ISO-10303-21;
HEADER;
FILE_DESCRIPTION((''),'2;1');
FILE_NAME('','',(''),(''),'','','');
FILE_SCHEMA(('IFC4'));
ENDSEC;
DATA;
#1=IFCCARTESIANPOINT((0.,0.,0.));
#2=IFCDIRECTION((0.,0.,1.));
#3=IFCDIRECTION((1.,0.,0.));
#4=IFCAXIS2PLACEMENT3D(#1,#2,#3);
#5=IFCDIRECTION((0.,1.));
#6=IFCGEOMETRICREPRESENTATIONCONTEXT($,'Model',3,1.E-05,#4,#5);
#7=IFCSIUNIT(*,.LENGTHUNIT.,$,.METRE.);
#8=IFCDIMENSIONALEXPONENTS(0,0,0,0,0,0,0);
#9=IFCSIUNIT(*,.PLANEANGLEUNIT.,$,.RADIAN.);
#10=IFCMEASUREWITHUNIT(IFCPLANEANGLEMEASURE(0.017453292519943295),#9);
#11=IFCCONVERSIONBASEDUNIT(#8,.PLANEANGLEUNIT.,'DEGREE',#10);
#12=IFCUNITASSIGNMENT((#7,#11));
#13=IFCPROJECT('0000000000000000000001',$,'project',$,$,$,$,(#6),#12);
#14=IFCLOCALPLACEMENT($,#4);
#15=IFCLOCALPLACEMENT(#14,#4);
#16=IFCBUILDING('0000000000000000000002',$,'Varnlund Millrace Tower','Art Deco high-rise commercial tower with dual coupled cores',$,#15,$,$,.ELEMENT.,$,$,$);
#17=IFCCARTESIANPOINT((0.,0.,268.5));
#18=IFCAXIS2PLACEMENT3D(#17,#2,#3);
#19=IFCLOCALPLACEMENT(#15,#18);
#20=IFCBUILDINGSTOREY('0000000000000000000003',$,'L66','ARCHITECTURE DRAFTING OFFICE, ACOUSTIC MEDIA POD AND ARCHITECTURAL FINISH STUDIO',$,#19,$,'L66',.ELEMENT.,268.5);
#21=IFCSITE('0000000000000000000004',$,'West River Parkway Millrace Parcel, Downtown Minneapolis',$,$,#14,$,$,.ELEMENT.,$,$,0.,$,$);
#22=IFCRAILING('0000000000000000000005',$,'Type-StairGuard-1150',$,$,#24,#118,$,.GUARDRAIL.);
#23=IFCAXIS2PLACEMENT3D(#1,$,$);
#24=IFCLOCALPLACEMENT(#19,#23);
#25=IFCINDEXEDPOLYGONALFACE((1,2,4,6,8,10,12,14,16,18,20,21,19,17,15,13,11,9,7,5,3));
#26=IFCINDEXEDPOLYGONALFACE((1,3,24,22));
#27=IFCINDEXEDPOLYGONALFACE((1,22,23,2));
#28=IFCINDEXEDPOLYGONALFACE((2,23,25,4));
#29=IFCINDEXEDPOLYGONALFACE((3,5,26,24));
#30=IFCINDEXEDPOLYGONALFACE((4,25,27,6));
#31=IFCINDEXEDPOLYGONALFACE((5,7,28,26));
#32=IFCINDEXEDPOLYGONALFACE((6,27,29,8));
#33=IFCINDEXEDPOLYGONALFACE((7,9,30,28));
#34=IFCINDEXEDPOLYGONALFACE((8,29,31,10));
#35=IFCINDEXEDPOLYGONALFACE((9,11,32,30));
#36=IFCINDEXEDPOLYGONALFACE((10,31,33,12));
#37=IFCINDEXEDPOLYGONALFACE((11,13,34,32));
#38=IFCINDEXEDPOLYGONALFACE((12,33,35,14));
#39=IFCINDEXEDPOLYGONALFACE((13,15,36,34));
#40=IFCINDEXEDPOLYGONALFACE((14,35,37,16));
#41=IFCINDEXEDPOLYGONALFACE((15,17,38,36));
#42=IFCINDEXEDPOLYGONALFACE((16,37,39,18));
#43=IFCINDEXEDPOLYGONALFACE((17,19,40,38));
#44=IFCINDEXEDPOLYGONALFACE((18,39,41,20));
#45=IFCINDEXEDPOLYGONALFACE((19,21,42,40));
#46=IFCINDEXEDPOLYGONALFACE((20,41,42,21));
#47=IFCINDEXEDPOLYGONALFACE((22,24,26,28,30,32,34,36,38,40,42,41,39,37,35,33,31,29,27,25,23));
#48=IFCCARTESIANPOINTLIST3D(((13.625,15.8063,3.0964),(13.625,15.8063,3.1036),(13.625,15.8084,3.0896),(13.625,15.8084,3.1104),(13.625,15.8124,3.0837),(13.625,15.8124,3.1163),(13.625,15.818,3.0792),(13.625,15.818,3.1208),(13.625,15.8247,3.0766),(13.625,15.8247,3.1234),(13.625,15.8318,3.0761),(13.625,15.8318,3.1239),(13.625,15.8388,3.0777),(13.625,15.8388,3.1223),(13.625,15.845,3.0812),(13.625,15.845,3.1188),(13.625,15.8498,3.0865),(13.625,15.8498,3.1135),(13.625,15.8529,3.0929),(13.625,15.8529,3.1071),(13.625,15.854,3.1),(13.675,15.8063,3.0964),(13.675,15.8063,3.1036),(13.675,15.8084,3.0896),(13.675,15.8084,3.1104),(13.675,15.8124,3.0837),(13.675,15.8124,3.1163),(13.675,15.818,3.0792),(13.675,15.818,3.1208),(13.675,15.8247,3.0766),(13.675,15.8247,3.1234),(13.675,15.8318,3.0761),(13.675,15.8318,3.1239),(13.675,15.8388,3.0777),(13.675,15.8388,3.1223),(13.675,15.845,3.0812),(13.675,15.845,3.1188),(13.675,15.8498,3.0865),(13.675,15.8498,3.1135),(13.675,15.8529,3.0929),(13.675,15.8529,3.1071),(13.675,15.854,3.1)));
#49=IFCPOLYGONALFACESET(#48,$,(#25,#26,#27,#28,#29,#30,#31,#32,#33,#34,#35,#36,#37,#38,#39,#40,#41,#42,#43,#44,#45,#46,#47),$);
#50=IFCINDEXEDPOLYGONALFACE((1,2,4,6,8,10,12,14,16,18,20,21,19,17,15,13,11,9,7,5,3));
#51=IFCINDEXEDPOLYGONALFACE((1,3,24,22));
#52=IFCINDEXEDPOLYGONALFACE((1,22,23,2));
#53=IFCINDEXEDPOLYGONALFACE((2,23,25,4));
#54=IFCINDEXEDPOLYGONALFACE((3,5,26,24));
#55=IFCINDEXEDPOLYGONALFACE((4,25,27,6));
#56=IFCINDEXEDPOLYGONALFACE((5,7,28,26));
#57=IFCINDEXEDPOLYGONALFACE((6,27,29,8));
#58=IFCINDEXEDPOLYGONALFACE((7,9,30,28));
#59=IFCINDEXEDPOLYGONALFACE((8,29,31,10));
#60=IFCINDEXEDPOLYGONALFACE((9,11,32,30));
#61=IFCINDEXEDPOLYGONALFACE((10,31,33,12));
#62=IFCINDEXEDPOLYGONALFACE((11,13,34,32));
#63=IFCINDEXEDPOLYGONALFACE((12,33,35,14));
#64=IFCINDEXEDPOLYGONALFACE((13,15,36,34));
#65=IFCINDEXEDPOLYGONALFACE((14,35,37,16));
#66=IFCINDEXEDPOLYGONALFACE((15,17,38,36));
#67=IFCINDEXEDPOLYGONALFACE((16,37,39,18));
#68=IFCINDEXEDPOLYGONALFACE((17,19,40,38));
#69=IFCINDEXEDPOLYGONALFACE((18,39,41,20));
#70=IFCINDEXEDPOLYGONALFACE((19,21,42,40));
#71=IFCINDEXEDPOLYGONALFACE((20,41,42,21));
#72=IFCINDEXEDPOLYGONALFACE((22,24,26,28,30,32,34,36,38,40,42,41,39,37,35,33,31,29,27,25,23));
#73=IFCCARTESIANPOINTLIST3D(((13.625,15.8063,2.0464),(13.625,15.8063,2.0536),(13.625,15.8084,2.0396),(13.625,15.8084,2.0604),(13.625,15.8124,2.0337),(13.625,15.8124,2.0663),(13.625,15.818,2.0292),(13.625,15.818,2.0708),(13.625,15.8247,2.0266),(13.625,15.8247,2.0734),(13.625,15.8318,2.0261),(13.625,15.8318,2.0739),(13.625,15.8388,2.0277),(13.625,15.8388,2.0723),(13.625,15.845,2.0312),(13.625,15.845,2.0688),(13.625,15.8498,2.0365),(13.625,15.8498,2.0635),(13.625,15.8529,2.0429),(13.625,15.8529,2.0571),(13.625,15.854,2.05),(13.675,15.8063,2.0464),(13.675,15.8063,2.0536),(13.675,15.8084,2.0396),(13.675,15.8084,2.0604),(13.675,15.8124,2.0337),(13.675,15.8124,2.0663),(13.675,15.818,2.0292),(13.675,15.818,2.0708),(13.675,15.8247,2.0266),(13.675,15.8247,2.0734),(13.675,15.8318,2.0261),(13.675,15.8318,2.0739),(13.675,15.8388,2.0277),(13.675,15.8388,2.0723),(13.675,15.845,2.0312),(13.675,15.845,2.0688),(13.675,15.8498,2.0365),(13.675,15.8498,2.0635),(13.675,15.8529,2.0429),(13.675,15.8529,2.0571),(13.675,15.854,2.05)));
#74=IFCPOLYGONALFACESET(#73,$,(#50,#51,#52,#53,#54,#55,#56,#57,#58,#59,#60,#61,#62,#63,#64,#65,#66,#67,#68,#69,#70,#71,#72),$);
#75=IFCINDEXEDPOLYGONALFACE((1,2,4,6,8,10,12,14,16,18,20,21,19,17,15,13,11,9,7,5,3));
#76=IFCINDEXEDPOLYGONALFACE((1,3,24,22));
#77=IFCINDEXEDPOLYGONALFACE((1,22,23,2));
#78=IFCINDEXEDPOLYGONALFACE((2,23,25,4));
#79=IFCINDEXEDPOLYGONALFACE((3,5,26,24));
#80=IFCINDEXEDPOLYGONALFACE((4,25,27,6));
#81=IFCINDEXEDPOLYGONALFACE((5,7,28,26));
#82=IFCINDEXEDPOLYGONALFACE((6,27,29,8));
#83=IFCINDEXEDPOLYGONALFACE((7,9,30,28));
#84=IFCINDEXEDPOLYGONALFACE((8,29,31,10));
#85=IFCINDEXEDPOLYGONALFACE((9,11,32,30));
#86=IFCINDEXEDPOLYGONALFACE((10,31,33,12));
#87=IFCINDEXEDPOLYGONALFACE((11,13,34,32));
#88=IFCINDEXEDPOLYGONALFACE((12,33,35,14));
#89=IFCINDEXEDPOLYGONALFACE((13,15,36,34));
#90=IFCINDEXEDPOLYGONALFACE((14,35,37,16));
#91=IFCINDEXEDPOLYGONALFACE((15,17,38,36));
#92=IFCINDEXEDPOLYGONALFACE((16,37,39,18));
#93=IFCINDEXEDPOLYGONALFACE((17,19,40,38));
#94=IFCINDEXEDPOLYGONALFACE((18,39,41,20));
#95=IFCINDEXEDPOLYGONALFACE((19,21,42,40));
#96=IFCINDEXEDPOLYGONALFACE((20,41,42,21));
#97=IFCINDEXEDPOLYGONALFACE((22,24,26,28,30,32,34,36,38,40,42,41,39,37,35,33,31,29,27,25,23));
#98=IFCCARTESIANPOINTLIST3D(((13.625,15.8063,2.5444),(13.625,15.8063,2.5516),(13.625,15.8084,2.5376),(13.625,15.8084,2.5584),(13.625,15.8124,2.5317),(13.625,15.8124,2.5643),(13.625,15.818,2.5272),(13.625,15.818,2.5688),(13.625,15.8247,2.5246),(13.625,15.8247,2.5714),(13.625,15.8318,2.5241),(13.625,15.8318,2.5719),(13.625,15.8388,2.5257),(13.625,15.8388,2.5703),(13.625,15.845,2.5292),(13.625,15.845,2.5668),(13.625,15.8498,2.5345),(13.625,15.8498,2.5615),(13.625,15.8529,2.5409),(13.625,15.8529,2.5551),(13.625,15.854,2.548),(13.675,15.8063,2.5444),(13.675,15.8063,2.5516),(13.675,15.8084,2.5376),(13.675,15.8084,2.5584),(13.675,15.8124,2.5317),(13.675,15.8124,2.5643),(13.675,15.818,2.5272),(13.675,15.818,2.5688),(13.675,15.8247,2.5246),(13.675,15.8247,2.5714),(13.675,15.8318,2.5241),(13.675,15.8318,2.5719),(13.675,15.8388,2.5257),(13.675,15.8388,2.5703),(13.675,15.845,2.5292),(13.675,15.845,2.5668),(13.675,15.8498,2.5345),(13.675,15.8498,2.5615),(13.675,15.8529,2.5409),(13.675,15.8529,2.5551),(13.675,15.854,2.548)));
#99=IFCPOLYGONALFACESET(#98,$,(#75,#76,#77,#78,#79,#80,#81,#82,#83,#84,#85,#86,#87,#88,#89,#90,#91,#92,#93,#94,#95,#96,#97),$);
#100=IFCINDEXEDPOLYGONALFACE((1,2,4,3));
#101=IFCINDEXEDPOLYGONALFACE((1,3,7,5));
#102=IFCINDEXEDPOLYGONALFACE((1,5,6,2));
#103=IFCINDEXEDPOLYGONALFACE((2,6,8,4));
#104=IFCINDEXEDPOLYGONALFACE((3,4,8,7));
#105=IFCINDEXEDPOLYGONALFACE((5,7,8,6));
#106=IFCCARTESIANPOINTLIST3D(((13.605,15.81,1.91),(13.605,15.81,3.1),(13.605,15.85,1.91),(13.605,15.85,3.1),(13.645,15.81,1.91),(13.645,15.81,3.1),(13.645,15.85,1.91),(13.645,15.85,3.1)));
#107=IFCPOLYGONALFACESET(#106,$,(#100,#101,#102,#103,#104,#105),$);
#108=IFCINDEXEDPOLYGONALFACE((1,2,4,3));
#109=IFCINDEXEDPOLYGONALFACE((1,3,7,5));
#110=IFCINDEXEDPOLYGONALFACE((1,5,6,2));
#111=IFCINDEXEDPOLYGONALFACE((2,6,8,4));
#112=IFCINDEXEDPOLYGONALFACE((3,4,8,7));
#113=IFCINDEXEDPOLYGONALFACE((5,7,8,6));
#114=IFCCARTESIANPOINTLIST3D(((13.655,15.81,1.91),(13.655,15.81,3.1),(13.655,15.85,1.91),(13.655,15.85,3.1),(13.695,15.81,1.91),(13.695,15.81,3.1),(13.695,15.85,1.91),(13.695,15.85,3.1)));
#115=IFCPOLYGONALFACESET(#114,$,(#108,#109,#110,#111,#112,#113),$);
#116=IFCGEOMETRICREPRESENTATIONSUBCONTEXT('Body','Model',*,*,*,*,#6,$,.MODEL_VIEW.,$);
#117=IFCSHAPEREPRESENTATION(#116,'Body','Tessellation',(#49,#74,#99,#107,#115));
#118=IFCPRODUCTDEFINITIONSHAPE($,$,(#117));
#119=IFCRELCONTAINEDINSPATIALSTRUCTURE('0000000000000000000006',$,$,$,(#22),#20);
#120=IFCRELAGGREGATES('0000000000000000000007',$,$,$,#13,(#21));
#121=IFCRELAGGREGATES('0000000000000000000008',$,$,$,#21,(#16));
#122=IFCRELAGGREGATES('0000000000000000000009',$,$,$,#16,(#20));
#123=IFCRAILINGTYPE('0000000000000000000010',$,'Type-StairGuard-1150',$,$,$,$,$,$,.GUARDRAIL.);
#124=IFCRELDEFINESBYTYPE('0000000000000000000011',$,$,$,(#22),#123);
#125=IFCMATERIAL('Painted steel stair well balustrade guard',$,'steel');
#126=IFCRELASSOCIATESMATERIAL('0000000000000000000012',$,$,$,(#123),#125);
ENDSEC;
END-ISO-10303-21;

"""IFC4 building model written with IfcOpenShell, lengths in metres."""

from ifc_helpers import new_model, entity, si_unit, converted_unit, direction, frame, origin_with_axes, origin_2d_with_axis, place, context, subcontext, project, spatial, rectangle, circle, extrude, material, type_object, element, save


model = new_model("IFC4")

# Units and contexts
model_context = context("Model", 3, precision=1e-05, world=origin_with_axes(), true_north=direction((0.0, 1.0)))
body_context = subcontext(model_context, "Body", "Model", "MODEL_VIEW")
ifc_project = project(units=[si_unit("LENGTHUNIT", "METRE"), converted_unit("PLANEANGLEUNIT", "DEGREE", entity("IfcPlaneAngleMeasure", 0.017453292519943295), si_unit("PLANEANGLEUNIT", "RADIAN"), dimensions=[0, 0, 0, 0, 0, 0, 0])], contexts=[model_context])

# Site, building, storey
site_placement = place(None, origin_with_axes())
site = spatial("IfcSite", under=ifc_project, at=site_placement, Name="West River Parkway Millrace Parcel, Downtown Minneapolis", CompositionType="ELEMENT", RefElevation=0.0)
building_placement = place(site_placement, origin_with_axes())
building = spatial("IfcBuilding", under=site, at=building_placement, Name="Varnlund Millrace Tower", Description="Art Deco high-rise commercial tower with dual coupled cores", CompositionType="ELEMENT")
storey_placement = place(building_placement, frame((0.0, 0.0, 268.5), z_axis=(0.0, 0.0, 1.0), x_axis=(1.0, 0.0, 0.0)))
storey = spatial("IfcBuildingStorey", under=building, at=storey_placement, Name="L66", Description="ARCHITECTURE DRAFTING OFFICE, ACOUSTIC MEDIA POD AND ARCHITECTURAL FINISH STUDIO", LongName="L66", CompositionType="ELEMENT", Elevation=268.5)

# Railing
ifc_material_1 = material(Name="Painted steel stair well balustrade guard", Category="steel")
railing_type_1 = type_object("IfcRailingType", Name="Type-StairGuard-1150", PredefinedType="GUARDRAIL", material=ifc_material_1)
railing_1_placement = place(storey_placement, frame((0.0, 0.0, -268.5), z_axis=(0.0, 0.0, 1.0), x_axis=(1.0, 0.0, 0.0)))
element("IfcRailing", 1, at=railing_1_placement, inside=storey, type_object=railing_type_1, Name="Type-StairGuard-1150", PredefinedType="GUARDRAIL", context=body_context, shape_type="SweptSolid", body=[
    extrude(circle(Radius=0.024, at=origin_2d_with_axis()), frame((13.625, 15.83, 271.6), z_axis=(1.0, 0.0, 0.0), x_axis=(0.0, 1.0, 0.0)), (0.0, 0.0, 1.0), 0.05),
    extrude(circle(Radius=0.024, at=origin_2d_with_axis()), frame((13.625, 15.83, 270.55), z_axis=(1.0, 0.0, 0.0), x_axis=(0.0, 1.0, 0.0)), (0.0, 0.0, 1.0), 0.05),
    extrude(circle(Radius=0.024, at=origin_2d_with_axis()), frame((13.625, 15.83, 271.048), z_axis=(1.0, 0.0, 0.0), x_axis=(0.0, 1.0, 0.0)), (0.0, 0.0, 1.0), 0.05),
    extrude(rectangle(XDim=0.04, YDim=0.04, at=origin_2d_with_axis()), frame((13.625, 15.83, 270.41), z_axis=(0.0, 0.0, 1.0), x_axis=(1.0, 0.0, 0.0)), (0.0, 0.0, 1.0), 1.19),
    extrude(rectangle(XDim=0.04, YDim=0.04, at=origin_2d_with_axis()), frame((13.675, 15.83, 270.41), z_axis=(0.0, 0.0, 1.0), x_axis=(1.0, 0.0, 0.0)), (0.0, 0.0, 1.0), 1.19),
])

save(model, "model.ifc")
